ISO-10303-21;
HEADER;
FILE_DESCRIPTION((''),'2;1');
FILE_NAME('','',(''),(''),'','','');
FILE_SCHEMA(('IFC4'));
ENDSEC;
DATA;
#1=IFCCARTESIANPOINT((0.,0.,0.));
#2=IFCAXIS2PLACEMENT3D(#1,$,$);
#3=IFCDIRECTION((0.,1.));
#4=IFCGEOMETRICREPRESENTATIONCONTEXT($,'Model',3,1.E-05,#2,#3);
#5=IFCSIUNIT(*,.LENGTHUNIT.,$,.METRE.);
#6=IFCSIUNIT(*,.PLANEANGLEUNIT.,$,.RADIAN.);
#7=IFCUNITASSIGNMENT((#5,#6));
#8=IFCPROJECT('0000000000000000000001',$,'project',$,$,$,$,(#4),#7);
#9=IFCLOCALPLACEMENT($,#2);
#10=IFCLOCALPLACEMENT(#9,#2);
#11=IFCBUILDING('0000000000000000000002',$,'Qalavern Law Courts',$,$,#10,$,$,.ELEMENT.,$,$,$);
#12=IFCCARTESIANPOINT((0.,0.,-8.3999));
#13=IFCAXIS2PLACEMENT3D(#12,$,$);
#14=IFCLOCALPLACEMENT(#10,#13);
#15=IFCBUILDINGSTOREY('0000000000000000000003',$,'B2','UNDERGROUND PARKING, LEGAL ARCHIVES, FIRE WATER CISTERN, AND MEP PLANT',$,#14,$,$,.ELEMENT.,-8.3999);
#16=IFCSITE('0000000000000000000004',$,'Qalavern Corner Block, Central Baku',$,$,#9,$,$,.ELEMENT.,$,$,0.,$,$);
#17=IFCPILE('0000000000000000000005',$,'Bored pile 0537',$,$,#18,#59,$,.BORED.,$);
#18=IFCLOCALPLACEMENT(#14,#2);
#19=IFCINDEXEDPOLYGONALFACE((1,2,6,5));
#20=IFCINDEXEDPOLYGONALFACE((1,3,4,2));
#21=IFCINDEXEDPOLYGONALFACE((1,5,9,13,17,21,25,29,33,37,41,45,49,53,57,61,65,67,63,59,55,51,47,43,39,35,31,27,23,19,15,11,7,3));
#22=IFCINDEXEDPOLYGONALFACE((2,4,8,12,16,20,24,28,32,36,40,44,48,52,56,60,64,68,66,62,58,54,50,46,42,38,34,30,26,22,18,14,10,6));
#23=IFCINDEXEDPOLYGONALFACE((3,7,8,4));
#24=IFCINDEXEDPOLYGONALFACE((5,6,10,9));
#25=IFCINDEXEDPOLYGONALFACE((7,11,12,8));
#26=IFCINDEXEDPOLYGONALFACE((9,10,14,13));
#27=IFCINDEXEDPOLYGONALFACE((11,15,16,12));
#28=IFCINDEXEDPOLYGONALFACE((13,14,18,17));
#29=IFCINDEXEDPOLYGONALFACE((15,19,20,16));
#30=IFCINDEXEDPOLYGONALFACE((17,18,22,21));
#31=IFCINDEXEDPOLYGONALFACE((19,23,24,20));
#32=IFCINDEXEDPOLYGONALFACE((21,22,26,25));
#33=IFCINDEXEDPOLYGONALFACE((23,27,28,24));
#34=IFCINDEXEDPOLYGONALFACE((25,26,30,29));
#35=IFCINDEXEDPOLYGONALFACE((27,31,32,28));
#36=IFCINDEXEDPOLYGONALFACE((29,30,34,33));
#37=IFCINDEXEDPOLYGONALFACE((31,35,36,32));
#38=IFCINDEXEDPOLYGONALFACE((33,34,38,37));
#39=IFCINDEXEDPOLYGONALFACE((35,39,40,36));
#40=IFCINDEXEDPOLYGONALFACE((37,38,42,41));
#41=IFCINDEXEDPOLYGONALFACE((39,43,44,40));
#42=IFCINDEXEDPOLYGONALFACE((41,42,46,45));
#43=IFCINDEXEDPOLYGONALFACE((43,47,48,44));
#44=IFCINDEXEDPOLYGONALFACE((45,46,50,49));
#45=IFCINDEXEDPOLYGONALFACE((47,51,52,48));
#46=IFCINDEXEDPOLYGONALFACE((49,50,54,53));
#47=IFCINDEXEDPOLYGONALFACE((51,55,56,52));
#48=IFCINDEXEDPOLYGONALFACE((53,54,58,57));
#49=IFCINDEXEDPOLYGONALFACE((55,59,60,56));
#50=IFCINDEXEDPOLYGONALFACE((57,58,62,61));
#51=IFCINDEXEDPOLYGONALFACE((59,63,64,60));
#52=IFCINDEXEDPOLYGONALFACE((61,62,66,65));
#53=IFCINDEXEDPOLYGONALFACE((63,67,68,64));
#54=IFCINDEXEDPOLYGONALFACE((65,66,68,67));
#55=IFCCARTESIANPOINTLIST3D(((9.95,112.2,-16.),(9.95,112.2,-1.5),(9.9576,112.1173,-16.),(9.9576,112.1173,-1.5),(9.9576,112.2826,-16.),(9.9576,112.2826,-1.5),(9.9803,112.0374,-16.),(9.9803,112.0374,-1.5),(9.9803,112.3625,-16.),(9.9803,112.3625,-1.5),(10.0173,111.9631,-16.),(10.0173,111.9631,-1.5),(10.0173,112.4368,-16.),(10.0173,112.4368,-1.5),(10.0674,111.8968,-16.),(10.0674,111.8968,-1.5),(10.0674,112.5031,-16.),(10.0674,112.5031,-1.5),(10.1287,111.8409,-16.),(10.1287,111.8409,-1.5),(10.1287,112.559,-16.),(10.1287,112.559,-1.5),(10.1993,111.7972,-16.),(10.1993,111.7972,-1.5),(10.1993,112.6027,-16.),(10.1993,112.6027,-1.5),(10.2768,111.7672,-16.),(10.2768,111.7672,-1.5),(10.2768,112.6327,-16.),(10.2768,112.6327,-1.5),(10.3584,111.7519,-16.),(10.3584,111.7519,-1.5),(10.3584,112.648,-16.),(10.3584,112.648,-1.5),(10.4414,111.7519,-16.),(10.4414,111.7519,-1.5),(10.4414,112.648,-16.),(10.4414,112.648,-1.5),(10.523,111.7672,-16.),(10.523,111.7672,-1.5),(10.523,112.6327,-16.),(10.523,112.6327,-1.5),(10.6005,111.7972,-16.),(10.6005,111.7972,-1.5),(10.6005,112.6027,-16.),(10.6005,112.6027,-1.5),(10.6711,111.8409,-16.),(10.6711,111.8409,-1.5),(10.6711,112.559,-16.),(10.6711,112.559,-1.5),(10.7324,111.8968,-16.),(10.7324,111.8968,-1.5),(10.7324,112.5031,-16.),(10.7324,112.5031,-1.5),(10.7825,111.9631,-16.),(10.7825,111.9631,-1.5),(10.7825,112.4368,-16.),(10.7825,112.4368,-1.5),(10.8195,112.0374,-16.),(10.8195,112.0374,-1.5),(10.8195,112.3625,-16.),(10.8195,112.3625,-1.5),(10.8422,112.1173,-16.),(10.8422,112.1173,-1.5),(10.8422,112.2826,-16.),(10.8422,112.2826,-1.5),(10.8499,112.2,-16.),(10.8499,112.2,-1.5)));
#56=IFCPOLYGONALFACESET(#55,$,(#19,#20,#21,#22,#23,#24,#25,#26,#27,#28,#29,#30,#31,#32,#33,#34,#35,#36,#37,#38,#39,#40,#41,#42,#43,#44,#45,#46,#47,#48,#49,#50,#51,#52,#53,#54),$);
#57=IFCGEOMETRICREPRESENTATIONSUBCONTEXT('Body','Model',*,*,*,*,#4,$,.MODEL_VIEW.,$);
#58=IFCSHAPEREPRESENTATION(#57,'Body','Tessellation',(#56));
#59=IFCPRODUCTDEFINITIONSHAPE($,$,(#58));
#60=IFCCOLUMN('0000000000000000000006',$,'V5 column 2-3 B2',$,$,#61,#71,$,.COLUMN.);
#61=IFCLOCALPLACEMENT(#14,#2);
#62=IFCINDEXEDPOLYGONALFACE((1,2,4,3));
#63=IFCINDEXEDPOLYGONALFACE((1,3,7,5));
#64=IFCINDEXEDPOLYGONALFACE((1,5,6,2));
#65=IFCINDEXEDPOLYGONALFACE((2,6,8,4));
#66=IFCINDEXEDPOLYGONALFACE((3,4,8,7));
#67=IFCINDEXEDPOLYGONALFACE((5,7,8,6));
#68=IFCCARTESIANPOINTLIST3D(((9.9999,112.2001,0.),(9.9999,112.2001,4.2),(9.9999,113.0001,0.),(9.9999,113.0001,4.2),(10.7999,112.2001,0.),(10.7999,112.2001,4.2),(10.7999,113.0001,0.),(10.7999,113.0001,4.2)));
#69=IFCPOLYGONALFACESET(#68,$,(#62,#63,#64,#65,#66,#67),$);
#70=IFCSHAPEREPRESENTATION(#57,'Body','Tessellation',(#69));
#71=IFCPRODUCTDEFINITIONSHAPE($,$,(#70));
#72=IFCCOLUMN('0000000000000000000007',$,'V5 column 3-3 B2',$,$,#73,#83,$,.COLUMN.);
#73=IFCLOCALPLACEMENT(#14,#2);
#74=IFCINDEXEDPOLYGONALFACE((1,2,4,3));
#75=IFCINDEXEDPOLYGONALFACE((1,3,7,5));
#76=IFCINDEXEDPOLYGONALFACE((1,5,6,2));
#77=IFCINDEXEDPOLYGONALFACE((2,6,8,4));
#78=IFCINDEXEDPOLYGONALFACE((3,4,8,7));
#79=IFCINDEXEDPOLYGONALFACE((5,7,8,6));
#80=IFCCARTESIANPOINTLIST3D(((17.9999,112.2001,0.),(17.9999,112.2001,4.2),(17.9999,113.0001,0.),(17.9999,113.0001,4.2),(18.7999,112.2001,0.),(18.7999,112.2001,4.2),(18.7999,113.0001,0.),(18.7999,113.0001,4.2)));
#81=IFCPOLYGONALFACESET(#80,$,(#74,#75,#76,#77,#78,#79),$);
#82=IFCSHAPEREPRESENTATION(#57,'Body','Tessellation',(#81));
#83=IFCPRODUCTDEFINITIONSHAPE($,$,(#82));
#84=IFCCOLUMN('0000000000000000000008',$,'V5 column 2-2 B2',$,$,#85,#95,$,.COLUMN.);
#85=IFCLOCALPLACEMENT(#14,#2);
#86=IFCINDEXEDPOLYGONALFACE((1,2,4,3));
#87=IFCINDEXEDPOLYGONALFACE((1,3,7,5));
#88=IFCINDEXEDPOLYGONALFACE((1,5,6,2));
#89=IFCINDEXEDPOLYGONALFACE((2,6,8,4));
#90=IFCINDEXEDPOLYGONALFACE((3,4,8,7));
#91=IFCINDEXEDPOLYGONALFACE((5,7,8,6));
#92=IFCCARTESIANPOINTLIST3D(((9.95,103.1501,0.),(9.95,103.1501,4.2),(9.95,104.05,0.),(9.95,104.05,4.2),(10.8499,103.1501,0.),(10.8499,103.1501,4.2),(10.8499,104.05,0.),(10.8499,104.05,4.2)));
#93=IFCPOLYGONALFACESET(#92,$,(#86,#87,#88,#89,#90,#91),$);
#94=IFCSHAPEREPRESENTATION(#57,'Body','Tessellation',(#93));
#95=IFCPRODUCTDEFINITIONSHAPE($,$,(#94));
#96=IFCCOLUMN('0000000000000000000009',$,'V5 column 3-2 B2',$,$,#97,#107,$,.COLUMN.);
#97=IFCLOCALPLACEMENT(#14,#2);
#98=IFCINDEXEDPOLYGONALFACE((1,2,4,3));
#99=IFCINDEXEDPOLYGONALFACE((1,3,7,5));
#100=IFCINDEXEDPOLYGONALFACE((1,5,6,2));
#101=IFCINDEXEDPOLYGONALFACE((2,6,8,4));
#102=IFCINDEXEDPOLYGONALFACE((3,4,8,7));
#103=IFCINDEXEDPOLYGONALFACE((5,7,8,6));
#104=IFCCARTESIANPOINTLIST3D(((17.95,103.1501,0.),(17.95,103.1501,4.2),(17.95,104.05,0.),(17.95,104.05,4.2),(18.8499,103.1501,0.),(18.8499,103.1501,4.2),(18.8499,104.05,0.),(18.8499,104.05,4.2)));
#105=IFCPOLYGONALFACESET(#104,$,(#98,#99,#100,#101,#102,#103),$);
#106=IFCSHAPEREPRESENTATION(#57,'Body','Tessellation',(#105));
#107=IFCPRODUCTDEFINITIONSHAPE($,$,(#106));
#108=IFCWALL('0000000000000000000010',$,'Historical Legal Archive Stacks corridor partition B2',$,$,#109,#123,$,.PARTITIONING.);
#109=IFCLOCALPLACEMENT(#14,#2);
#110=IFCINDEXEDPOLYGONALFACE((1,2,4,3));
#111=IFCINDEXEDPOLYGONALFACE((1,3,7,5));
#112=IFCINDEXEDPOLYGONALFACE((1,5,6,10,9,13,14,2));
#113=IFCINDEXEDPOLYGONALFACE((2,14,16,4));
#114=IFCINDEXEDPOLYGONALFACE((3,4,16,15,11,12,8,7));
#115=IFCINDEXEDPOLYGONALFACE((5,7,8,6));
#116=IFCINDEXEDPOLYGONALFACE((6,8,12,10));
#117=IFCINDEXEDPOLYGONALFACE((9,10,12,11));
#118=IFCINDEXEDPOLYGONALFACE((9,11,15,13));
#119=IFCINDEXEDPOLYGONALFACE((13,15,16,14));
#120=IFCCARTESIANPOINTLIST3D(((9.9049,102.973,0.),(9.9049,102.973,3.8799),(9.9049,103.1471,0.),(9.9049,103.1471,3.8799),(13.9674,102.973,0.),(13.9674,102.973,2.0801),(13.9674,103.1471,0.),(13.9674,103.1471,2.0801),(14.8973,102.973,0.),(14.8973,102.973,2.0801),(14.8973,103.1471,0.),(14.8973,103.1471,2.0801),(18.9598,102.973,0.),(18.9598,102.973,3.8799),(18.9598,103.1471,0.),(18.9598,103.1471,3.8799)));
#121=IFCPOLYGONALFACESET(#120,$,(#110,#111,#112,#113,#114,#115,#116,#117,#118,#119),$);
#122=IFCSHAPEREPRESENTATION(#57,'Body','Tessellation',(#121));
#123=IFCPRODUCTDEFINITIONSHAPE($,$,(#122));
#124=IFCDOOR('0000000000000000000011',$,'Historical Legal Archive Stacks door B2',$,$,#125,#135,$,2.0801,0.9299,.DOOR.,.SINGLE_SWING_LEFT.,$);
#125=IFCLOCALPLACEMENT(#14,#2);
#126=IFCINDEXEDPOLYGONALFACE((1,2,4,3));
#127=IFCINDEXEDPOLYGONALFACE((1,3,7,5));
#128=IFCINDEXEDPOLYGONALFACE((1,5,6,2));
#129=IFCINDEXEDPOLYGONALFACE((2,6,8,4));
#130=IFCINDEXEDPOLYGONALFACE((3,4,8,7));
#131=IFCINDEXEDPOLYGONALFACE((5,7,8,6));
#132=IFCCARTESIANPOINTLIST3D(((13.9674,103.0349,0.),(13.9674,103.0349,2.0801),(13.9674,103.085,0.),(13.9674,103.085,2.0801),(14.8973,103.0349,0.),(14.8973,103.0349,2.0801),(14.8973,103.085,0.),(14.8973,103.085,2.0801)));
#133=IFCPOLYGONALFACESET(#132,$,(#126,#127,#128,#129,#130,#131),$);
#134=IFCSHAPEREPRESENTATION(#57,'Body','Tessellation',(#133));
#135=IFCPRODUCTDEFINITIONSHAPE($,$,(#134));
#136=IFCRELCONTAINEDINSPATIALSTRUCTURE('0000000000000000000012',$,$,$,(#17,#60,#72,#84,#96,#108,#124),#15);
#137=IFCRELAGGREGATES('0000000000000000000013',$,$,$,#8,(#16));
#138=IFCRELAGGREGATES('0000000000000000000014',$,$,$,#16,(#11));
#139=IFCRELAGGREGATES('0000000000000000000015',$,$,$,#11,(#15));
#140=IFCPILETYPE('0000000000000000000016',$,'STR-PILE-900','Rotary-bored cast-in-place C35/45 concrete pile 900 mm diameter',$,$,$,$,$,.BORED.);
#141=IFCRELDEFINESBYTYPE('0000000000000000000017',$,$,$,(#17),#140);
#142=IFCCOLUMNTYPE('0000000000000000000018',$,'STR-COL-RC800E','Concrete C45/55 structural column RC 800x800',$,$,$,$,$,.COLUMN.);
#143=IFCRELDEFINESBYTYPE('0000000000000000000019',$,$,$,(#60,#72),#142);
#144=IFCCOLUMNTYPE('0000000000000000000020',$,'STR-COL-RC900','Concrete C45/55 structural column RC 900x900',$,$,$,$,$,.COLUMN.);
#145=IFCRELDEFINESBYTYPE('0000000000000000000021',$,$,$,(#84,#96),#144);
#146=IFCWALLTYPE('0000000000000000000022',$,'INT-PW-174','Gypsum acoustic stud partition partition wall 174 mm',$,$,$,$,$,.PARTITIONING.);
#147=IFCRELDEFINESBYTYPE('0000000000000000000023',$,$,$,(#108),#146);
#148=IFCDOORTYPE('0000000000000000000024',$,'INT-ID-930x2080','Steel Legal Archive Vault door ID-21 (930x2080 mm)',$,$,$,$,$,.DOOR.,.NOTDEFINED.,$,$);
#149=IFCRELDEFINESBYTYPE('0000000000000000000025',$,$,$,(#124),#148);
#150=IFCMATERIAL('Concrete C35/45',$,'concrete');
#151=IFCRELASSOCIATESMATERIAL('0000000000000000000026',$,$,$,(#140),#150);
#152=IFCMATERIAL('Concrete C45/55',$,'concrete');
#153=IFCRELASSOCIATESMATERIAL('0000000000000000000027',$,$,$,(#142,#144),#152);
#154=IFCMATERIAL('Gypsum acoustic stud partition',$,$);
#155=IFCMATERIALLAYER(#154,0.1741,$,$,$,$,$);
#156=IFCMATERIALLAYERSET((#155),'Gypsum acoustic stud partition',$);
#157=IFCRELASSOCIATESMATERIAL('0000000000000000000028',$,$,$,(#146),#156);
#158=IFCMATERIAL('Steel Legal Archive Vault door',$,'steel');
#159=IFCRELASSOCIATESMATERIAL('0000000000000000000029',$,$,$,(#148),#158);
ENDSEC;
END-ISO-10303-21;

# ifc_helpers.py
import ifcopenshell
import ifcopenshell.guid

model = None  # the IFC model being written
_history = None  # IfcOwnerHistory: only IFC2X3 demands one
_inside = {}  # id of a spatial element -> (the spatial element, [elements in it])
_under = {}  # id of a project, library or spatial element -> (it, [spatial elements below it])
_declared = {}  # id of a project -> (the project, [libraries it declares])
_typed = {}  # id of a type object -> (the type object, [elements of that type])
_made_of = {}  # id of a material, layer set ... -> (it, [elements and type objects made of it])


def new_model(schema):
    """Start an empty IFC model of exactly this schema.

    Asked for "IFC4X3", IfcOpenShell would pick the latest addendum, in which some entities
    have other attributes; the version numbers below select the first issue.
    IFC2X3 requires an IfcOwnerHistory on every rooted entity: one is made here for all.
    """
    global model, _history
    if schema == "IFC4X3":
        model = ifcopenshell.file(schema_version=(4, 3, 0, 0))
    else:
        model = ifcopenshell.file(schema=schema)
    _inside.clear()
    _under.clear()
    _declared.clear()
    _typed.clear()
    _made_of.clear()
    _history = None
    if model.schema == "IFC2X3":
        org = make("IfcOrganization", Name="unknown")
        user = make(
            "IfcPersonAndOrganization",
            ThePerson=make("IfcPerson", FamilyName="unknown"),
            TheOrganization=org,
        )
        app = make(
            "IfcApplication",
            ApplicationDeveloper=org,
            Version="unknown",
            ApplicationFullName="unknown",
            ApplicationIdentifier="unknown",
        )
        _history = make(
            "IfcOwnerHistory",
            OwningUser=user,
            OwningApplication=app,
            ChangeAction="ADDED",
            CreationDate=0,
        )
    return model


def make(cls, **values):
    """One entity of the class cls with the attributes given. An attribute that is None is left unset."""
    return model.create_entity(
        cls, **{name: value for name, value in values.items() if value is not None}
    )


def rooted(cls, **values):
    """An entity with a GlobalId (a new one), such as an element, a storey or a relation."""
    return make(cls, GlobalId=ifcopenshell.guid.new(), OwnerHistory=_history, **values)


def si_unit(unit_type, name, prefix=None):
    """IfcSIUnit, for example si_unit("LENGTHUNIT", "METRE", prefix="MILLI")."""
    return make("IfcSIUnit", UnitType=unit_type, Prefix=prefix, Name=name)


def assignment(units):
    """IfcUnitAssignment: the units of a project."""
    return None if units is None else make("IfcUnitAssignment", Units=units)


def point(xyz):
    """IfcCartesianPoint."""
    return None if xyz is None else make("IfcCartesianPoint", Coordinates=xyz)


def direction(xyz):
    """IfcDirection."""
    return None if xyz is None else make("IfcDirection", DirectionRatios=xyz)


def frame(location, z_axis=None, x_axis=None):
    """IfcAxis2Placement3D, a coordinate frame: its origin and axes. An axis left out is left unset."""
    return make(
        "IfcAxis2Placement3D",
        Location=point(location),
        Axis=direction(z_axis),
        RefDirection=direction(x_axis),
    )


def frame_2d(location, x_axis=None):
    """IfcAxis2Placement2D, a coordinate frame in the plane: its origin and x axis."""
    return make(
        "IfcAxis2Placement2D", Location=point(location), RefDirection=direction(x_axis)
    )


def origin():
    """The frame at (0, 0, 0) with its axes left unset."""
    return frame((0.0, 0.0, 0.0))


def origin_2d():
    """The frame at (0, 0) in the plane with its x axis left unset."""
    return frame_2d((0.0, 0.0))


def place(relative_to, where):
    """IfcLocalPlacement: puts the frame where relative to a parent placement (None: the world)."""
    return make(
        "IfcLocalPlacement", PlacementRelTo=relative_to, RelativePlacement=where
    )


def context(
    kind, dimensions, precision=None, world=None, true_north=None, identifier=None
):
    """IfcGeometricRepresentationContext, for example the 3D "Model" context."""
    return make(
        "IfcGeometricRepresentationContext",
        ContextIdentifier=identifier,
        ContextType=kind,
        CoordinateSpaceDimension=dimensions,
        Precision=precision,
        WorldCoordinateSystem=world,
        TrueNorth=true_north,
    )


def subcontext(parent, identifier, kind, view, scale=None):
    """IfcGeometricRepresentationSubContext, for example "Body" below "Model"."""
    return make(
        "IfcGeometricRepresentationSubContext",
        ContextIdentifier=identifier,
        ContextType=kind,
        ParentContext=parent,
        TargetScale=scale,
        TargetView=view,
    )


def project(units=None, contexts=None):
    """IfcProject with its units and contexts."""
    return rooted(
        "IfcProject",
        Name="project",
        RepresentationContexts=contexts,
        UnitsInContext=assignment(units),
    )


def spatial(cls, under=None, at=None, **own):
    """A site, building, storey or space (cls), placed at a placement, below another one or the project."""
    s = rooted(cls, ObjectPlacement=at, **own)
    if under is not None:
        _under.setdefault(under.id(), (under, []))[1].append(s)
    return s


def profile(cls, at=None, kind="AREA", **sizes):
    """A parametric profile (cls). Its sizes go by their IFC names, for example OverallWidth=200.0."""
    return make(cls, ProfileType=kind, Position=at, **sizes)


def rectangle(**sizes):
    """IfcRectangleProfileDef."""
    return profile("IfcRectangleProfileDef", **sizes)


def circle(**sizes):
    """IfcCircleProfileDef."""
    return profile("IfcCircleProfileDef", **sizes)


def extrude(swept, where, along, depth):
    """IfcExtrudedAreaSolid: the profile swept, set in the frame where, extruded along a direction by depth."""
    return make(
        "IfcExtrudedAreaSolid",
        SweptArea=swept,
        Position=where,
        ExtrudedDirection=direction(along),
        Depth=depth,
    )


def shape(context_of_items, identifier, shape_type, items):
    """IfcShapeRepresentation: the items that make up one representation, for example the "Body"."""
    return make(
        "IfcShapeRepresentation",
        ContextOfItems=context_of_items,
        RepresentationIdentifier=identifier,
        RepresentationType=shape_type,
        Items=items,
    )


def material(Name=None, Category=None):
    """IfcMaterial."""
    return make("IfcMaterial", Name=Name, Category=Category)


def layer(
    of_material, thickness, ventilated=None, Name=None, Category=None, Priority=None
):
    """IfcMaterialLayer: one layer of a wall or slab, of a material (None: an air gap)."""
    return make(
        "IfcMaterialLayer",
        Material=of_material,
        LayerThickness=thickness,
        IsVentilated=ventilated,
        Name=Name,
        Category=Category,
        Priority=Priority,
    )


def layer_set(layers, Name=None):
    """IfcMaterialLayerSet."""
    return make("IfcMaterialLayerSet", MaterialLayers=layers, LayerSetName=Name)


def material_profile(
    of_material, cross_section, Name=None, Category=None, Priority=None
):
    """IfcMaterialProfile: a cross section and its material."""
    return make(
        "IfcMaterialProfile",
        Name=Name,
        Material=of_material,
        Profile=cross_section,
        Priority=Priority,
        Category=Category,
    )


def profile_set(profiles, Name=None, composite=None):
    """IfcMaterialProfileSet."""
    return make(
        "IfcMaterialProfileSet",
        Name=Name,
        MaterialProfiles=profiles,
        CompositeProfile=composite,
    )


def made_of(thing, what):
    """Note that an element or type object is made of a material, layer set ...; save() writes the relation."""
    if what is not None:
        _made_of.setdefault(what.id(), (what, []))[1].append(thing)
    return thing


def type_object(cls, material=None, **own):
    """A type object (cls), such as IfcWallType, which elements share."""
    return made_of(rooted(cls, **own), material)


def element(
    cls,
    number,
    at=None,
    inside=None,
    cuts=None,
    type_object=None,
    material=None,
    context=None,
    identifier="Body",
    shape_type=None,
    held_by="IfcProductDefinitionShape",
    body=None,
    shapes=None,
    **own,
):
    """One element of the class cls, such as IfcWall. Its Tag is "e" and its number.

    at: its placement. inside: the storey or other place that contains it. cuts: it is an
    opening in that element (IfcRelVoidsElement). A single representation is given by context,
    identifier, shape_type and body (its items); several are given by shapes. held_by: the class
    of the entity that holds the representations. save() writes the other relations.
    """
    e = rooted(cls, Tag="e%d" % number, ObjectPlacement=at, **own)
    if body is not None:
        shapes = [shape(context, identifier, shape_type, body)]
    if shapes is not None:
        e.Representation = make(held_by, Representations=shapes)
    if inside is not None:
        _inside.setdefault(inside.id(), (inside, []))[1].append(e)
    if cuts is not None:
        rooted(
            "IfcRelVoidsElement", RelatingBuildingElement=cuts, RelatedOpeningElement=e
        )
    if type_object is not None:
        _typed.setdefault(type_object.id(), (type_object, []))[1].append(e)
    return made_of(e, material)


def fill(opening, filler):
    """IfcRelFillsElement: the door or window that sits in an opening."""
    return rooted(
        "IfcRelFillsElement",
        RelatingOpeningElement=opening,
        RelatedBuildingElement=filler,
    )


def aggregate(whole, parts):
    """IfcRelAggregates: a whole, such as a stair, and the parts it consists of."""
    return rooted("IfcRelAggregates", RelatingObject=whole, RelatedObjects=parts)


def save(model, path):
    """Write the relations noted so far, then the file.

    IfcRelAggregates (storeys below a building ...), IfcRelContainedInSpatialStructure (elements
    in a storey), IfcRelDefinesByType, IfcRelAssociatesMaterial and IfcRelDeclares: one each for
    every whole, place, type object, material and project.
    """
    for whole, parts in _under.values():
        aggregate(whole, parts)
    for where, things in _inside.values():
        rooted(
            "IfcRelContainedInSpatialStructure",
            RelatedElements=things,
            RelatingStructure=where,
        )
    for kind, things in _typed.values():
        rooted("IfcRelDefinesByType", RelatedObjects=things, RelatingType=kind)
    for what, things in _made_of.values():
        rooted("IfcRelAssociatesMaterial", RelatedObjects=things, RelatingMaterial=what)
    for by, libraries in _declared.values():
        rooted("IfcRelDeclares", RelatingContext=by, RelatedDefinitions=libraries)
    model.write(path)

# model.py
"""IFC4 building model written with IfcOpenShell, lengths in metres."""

from ifc_helpers import new_model, si_unit, direction, frame, frame_2d, origin, origin_2d, place, context, subcontext, project, spatial, rectangle, circle, extrude, material, layer, layer_set, material_profile, profile_set, type_object, element, fill, save


model = new_model("IFC4")

# Units and contexts
model_context = context("Model", 3, precision=1e-05, world=origin(), true_north=direction((0.0, 1.0)))
body_context = subcontext(model_context, "Body", "Model", "MODEL_VIEW")
ifc_project = project(units=[si_unit("LENGTHUNIT", "METRE"), si_unit("PLANEANGLEUNIT", "RADIAN")], contexts=[model_context])

# Site, building, storey
site_placement = place(None, origin())
site = spatial("IfcSite", under=ifc_project, at=site_placement, Name="Qalavern Corner Block, Central Baku", CompositionType="ELEMENT", RefElevation=0.0)
building_placement = place(site_placement, origin())
building = spatial("IfcBuilding", under=site, at=building_placement, Name="Qalavern Law Courts", CompositionType="ELEMENT")
storey_placement = place(building_placement, frame((0.0, 0.0, -8.3999)))
storey = spatial("IfcBuildingStorey", under=building, at=storey_placement, Name="B2", Description="UNDERGROUND PARKING, LEGAL ARCHIVES, FIRE WATER CISTERN, AND MEP PLANT", CompositionType="ELEMENT", Elevation=-8.3999)

# Shared definitions
ifc_material_1 = material(Name="Concrete C35/45", Category="concrete")

# Pile
ifc_material_profile_1 = material_profile(ifc_material_1, circle(Radius=0.45, at=origin_2d()), Name="BORED PILE 900")
ifc_profile_set_1 = profile_set([ifc_material_profile_1], Name="Concrete C35/45")
pile_type_1 = type_object("IfcPileType", Name="STR-PILE-900", Description="Rotary-bored cast-in-place C35/45 concrete pile 900 mm diameter", PredefinedType="BORED", material=ifc_profile_set_1)
for number, where, z_axis, x_axis, name in (
    (1, (10.3999, 112.2, -1.5), (0.0, 0.0, -1.0), (1.0, 0.0, 0.0), "Bored pile 0537"),
):
    element("IfcPile", number, at=place(storey_placement, frame(where, z_axis=z_axis, x_axis=x_axis)), inside=storey, type_object=pile_type_1, Name=name, PredefinedType="BORED", context=body_context, shape_type="SweptSolid", body=[
        extrude(circle(Radius=0.45, at=origin_2d()), origin(), (0.0, 0.0, 1.0), 14.5),
    ])

# Columns
ifc_material_2 = material(Name="Concrete C45/55", Category="concrete")
ifc_material_profile_2 = material_profile(ifc_material_2, rectangle(XDim=0.8, YDim=0.8, at=origin_2d()), Name="RC 800x800")
ifc_profile_set_2 = profile_set([ifc_material_profile_2], Name="Concrete C45/55")
column_type_1 = type_object("IfcColumnType", Name="STR-COL-RC800E", Description="Concrete C45/55 structural column RC 800x800", PredefinedType="COLUMN", material=ifc_profile_set_2)
for number, where, z_axis, x_axis, name in (
    (2, (10.3999, 112.6001, 0.0), (0.0, 0.0, 1.0), (1.0, 0.0, 0.0), "V5 column 2-3 B2"),
    (3, (18.3999, 112.6001, 0.0), (0.0, 0.0, 1.0), (1.0, 0.0, 0.0), "V5 column 3-3 B2"),
):
    element("IfcColumn", number, at=place(storey_placement, frame(where, z_axis=z_axis, x_axis=x_axis)), inside=storey, type_object=column_type_1, Name=name, PredefinedType="COLUMN", context=body_context, shape_type="SweptSolid", body=[
        extrude(rectangle(XDim=0.8, YDim=0.8, at=origin_2d()), origin(), (0.0, 0.0, 1.0), 4.2),
    ])
ifc_material_profile_3 = material_profile(ifc_material_2, rectangle(XDim=0.8999, YDim=0.8999, at=origin_2d()), Name="RC 900x900")
ifc_profile_set_3 = profile_set([ifc_material_profile_3], Name="Concrete C45/55")
column_type_2 = type_object("IfcColumnType", Name="STR-COL-RC900", Description="Concrete C45/55 structural column RC 900x900", PredefinedType="COLUMN", material=ifc_profile_set_3)
for number, where, z_axis, x_axis, name in (
    (4, (10.3999, 103.6001, 0.0), (0.0, 0.0, 1.0), (1.0, 0.0, 0.0), "V5 column 2-2 B2"),
    (5, (18.3999, 103.6001, 0.0), (0.0, 0.0, 1.0), (1.0, 0.0, 0.0), "V5 column 3-2 B2"),
):
    element("IfcColumn", number, at=place(storey_placement, frame(where, z_axis=z_axis, x_axis=x_axis)), inside=storey, type_object=column_type_2, Name=name, PredefinedType="COLUMN", context=body_context, shape_type="SweptSolid", body=[
        extrude(rectangle(XDim=0.8999, YDim=0.8999, at=origin_2d()), origin(), (0.0, 0.0, 1.0), 4.2),
    ])

# Wall, opening, door
ifc_material_3 = material(Name="Gypsum acoustic stud partition")
ifc_layer = layer(ifc_material_3, 0.1741)
ifc_layer_set = layer_set([ifc_layer], Name="Gypsum acoustic stud partition")
wall_type = type_object("IfcWallType", Name="INT-PW-174", Description="Gypsum acoustic stud partition partition wall 174 mm", PredefinedType="PARTITIONING", material=ifc_layer_set)
wall_placement = place(storey_placement, frame((9.905, 103.0601, 0.0), z_axis=(0.0, 0.0, 1.0), x_axis=(1.0, 0.0, 0.0)))
wall = element("IfcWall", 6, at=wall_placement, inside=storey, type_object=wall_type, Name="Historical Legal Archive Stacks corridor partition B2", PredefinedType="PARTITIONING", context=body_context, shape_type="SweptSolid", body=[
    extrude(rectangle(XDim=9.0549, YDim=0.1741, at=frame_2d((4.5273, 0.0))), origin(), (0.0, 0.0, 1.0), 3.8799),
])
opening_placement = place(wall_placement, frame((4.0625, 0.0, 0.0)))
opening = element("IfcOpeningElement", 7, at=opening_placement, cuts=wall, PredefinedType="OPENING", context=body_context, shape_type="SweptSolid", body=[
    extrude(rectangle(XDim=0.9299, YDim=2.0801, at=frame_2d((0.4648, 1.04))), frame((0.0, 0.1021, 0.0), z_axis=(0.0, -1.0, 0.0), x_axis=(1.0, 0.0, 0.0)), (0.0, 0.0, 1.0), 0.2039),
])
ifc_material_4 = material(Name="Steel Legal Archive Vault door", Category="steel")
door_type = type_object("IfcDoorType", Name="INT-ID-930x2080", Description="Steel Legal Archive Vault door ID-21 (930x2080 mm)", OperationType="NOTDEFINED", PredefinedType="DOOR", material=ifc_material_4)
door_placement = place(opening_placement, origin())
door = element("IfcDoor", 8, at=door_placement, inside=storey, type_object=door_type, Name="Historical Legal Archive Stacks door B2", OperationType="SINGLE_SWING_LEFT", OverallHeight=2.0801, OverallWidth=0.9299, PredefinedType="DOOR", context=body_context, shape_type="SweptSolid", body=[
    extrude(rectangle(XDim=0.9299, YDim=2.0801, at=frame_2d((0.4648, 1.04))), frame((0.0, 0.0249, 0.0), z_axis=(0.0, -1.0, 0.0), x_axis=(1.0, 0.0, 0.0)), (0.0, 0.0, 1.0), 0.05),
])
fill(opening, door)

save(model, "model.ifc")
